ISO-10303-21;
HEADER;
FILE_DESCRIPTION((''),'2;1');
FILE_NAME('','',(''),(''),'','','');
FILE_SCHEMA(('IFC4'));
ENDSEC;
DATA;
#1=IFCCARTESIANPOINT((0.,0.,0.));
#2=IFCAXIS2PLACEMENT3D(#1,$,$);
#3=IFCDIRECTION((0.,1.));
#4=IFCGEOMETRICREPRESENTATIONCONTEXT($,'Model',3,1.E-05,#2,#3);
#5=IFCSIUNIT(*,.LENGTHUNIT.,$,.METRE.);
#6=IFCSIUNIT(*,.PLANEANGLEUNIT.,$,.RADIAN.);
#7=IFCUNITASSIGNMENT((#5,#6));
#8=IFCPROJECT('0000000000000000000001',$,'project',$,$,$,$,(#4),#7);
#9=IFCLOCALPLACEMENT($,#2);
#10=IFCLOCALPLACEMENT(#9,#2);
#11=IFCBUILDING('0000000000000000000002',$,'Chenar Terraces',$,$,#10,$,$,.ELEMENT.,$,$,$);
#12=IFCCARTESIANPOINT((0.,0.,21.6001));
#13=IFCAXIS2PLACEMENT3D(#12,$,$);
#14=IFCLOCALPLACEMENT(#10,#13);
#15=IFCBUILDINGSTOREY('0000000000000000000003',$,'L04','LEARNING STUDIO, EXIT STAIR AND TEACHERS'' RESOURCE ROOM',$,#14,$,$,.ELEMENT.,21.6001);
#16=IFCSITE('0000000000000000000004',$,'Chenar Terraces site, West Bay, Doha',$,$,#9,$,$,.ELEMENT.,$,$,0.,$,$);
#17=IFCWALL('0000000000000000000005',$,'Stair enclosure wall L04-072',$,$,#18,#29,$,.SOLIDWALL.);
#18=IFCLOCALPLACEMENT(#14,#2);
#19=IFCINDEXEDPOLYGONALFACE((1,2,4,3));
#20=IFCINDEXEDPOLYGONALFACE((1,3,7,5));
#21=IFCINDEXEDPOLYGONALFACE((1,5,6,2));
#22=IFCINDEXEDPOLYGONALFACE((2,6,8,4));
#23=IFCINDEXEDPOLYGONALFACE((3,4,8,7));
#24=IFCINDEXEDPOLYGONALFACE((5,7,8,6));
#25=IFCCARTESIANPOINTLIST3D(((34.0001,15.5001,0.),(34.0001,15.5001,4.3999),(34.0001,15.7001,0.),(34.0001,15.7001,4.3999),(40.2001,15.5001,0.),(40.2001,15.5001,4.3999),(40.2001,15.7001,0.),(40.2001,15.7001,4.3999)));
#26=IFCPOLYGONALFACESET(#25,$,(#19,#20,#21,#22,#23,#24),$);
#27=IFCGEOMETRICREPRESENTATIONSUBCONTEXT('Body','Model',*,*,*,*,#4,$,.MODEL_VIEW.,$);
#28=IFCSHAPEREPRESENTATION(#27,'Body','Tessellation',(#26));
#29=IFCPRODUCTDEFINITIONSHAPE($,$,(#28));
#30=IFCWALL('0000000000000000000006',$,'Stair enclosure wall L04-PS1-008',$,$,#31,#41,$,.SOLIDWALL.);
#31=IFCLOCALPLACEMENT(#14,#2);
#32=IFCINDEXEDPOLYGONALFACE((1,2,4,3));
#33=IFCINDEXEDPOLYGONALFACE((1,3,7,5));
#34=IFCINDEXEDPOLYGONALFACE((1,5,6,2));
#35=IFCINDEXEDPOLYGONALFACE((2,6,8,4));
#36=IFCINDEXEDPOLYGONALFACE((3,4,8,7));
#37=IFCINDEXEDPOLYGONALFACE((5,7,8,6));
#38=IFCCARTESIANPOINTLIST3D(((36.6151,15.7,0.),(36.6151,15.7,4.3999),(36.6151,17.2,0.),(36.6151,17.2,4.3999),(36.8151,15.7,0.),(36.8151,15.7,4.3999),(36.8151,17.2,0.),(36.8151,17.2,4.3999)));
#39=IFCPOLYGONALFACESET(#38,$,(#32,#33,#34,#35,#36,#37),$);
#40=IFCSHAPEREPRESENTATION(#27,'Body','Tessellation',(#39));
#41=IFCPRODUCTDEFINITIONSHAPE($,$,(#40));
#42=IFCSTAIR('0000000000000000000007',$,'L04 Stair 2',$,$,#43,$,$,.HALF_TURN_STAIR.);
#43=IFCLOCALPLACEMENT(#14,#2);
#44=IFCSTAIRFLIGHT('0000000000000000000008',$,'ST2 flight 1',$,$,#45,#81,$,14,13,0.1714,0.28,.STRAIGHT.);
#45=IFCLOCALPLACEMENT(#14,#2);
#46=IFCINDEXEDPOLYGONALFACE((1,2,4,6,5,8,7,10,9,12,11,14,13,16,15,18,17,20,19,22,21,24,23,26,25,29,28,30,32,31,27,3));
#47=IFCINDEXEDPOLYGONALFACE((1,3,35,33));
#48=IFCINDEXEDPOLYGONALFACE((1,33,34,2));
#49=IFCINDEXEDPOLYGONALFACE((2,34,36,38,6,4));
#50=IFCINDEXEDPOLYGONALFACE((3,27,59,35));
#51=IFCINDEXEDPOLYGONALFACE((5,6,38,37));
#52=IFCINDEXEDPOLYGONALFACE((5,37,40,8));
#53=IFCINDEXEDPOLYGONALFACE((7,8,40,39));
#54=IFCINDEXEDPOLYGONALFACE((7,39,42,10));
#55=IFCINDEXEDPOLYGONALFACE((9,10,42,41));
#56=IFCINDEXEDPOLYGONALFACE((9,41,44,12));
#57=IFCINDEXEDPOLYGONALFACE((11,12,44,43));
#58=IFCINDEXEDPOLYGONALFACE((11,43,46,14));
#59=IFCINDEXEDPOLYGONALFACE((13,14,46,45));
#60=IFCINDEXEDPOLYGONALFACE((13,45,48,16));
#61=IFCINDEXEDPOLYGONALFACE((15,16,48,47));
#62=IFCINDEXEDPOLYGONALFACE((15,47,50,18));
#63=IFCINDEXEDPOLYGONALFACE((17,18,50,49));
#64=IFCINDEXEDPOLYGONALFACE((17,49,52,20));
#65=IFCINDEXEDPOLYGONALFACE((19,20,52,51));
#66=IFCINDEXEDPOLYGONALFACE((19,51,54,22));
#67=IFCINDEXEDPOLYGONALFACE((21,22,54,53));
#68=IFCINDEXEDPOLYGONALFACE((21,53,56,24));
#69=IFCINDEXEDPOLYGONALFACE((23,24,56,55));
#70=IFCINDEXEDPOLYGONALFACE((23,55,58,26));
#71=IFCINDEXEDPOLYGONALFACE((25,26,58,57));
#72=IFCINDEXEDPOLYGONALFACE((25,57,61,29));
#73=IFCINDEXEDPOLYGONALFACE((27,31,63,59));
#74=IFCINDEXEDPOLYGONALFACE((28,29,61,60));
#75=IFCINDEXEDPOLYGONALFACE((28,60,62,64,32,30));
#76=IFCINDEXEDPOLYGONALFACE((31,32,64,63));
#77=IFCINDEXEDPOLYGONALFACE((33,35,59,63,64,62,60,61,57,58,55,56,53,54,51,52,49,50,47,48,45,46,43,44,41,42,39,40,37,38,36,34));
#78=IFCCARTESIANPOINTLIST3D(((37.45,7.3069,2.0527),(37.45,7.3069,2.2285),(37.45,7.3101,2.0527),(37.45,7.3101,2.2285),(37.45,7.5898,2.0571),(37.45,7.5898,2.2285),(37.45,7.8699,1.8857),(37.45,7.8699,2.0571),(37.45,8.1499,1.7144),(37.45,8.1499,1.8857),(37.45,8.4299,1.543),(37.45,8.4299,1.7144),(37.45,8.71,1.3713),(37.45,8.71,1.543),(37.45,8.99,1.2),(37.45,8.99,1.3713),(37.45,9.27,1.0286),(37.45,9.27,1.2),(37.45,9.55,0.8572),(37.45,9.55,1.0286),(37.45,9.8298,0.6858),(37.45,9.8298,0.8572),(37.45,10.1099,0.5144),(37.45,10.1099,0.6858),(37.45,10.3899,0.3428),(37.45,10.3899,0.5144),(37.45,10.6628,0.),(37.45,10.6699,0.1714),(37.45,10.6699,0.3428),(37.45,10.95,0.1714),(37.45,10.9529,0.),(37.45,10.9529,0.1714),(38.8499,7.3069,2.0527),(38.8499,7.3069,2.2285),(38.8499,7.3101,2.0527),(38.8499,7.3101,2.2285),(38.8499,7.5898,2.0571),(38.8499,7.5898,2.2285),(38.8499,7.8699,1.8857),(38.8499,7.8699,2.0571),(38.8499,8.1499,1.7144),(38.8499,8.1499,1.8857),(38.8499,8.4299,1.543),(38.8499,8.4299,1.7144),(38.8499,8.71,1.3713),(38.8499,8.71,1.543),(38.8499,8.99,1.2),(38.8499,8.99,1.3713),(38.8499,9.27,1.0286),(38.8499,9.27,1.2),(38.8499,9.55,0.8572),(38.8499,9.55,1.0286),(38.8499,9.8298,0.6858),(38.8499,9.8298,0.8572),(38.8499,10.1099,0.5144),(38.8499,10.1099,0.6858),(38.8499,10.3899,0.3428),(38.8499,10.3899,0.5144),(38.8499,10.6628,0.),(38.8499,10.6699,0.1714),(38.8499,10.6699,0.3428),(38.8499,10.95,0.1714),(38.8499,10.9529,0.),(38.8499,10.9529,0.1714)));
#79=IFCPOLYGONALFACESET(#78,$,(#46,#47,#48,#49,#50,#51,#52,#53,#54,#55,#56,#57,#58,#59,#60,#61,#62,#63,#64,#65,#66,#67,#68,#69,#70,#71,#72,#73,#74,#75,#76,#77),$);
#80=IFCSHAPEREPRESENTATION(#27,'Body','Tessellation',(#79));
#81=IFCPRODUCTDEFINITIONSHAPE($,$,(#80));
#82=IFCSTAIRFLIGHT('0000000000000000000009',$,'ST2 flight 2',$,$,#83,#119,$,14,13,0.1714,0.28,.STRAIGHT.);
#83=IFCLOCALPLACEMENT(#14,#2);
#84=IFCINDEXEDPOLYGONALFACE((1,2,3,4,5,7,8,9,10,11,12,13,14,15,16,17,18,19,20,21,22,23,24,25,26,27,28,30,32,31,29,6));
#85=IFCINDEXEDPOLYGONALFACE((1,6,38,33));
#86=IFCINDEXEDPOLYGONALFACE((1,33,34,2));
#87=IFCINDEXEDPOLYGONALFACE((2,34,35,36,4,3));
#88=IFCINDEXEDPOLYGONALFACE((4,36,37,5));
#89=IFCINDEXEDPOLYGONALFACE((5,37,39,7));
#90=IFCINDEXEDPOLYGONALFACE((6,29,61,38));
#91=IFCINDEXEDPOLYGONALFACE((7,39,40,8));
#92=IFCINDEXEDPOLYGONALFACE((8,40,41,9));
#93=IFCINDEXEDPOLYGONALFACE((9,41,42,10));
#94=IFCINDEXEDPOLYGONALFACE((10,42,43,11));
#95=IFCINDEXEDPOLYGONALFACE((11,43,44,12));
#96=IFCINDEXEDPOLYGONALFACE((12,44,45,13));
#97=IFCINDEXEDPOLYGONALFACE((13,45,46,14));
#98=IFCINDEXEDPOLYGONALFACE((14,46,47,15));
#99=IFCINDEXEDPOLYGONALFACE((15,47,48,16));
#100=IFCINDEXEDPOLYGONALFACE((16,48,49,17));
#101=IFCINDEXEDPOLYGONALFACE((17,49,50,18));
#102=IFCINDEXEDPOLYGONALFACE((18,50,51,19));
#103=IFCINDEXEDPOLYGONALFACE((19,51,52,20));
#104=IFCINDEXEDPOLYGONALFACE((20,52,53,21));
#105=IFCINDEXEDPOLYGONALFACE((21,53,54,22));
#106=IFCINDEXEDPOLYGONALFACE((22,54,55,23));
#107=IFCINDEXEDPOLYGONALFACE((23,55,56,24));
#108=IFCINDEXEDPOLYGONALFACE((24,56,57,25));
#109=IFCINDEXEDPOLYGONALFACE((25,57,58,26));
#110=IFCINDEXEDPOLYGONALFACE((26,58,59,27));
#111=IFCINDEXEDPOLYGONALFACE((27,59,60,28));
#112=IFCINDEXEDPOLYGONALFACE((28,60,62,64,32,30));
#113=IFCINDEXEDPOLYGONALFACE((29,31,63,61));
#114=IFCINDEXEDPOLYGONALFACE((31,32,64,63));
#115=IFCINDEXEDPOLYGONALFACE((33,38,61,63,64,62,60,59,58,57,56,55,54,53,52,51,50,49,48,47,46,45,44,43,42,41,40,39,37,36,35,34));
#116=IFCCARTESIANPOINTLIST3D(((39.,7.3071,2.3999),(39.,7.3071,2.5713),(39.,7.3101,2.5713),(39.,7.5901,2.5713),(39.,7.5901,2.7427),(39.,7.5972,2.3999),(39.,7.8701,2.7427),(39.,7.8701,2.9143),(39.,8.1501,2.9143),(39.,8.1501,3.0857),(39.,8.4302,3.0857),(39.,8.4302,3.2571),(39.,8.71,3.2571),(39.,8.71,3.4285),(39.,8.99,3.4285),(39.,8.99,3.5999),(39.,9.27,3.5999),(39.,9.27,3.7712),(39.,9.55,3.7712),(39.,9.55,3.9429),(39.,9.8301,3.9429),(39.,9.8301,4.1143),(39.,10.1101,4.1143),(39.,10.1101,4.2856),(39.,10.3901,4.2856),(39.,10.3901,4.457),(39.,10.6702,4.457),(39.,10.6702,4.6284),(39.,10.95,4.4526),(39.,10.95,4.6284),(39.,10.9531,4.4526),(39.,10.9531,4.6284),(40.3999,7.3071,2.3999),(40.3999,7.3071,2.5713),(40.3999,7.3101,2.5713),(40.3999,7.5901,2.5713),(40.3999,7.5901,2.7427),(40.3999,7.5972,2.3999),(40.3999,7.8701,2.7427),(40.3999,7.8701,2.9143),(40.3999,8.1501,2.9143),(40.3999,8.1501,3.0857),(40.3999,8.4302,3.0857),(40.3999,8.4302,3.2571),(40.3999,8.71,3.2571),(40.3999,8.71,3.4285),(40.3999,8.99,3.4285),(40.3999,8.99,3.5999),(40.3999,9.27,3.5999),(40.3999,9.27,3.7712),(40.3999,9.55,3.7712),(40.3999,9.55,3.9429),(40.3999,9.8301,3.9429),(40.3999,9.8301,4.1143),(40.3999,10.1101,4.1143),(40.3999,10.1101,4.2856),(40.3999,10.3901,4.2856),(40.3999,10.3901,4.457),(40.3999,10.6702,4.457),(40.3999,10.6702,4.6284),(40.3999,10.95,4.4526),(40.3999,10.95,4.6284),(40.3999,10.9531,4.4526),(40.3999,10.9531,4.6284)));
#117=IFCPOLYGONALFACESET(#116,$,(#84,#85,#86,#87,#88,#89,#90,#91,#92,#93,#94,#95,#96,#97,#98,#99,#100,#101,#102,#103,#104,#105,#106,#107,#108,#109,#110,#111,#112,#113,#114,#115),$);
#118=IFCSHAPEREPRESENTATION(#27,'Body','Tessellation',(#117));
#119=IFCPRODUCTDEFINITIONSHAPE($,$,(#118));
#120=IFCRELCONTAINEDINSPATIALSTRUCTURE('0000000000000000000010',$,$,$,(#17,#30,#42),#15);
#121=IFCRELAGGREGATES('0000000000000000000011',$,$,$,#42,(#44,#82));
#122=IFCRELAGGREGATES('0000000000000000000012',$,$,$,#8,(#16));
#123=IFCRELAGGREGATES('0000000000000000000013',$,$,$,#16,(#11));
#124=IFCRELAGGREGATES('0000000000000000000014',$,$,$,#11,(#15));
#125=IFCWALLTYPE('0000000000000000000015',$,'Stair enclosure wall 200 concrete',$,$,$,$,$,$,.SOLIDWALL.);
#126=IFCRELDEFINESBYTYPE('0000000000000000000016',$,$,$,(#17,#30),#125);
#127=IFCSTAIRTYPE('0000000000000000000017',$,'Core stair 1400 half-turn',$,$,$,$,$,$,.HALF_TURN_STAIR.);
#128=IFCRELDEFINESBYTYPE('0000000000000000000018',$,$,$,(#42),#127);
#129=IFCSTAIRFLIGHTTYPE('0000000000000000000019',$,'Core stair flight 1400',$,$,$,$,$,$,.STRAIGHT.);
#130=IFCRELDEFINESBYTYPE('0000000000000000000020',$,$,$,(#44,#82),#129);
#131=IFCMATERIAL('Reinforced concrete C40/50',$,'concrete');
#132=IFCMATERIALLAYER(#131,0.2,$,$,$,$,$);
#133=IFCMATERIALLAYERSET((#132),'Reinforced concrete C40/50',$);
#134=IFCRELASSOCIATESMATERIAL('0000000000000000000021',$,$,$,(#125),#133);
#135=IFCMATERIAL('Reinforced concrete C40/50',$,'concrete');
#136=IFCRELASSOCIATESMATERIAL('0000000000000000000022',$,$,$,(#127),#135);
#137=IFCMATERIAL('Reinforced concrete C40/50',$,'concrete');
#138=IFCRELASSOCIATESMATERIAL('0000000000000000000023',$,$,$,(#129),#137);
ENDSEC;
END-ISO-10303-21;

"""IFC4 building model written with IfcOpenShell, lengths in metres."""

from ifc_helpers import new_model, si_unit, direction, frame, frame_2d, origin, place, context, subcontext, project, spatial, polyline, rectangle, outline, extrude, material, layer, layer_set, type_object, element, aggregate, save


model = new_model("IFC4")

# Units and contexts
model_context = context("Model", 3, precision=1e-05, world=origin(), true_north=direction((0.0, 1.0)))
body_context = subcontext(model_context, "Body", "Model", "MODEL_VIEW")
ifc_project = project(units=[si_unit("LENGTHUNIT", "METRE"), si_unit("PLANEANGLEUNIT", "RADIAN")], contexts=[model_context])

# Site, building, storey
site_placement = place(None, origin())
site = spatial("IfcSite", under=ifc_project, at=site_placement, Name="Chenar Terraces site, West Bay, Doha", CompositionType="ELEMENT", RefElevation=0.0)
building_placement = place(site_placement, origin())
building = spatial("IfcBuilding", under=site, at=building_placement, Name="Chenar Terraces", CompositionType="ELEMENT")
storey_placement = place(building_placement, frame((0.0, 0.0, 21.6001)))
storey = spatial("IfcBuildingStorey", under=building, at=storey_placement, Name="L04", Description="LEARNING STUDIO, EXIT STAIR AND TEACHERS' RESOURCE ROOM", CompositionType="ELEMENT", Elevation=21.6001)

# Walls
ifc_material_1 = material(Name="Reinforced concrete C40/50", Category="concrete")
ifc_layer_1 = layer(ifc_material_1, 0.2)
ifc_layer_set_1 = layer_set([ifc_layer_1], Name="Reinforced concrete C40/50")
wall_type_1 = type_object("IfcWallType", Name="Stair enclosure wall 200 concrete", PredefinedType="SOLIDWALL", material=ifc_layer_set_1)
wall_1_placement = place(storey_placement, frame((34.0, 15.6001, 0.0), z_axis=(0.0, 0.0, 1.0), x_axis=(1.0, 0.0, 0.0)))
element("IfcWall", 1, at=wall_1_placement, inside=storey, type_object=wall_type_1, Name="Stair enclosure wall L04-072", PredefinedType="SOLIDWALL", context=body_context, shape_type="SweptSolid", body=[
    extrude(rectangle(XDim=6.2, YDim=0.2, at=frame_2d((3.1001, 0.0))), origin(), (0.0, 0.0, 1.0), 4.3999),
])
wall_2_placement = place(storey_placement, frame((36.7151, 15.7, 0.0), z_axis=(0.0, 0.0, 1.0), x_axis=(0.0, 1.0, 0.0)))
element("IfcWall", 2, at=wall_2_placement, inside=storey, type_object=wall_type_1, Name="Stair enclosure wall L04-PS1-008", PredefinedType="SOLIDWALL", context=body_context, shape_type="SweptSolid", body=[
    extrude(rectangle(XDim=1.5, YDim=0.2, at=frame_2d((0.75, 0.0))), origin(), (0.0, 0.0, 1.0), 4.3999),
])

# Stair, stair flights
ifc_material_2 = material(Name="Reinforced concrete C40/50", Category="concrete")
stair_type = type_object("IfcStairType", Name="Core stair 1400 half-turn", PredefinedType="HALF_TURN_STAIR", material=ifc_material_2)
stair_placement = place(storey_placement, origin())
stair = element("IfcStair", 3, at=stair_placement, inside=storey, type_object=stair_type, Name="L04 Stair 2", PredefinedType="HALF_TURN_STAIR")
ifc_material_3 = material(Name="Reinforced concrete C40/50", Category="concrete")
stair_flight_type = type_object("IfcStairFlightType", Name="Core stair flight 1400", PredefinedType="STRAIGHT", material=ifc_material_3)
stair_flight_1_placement = place(storey_placement, frame((38.1499, 10.95, 0.0), z_axis=(0.0, 0.0, 1.0), x_axis=(0.0, -1.0, 0.0)))
stair_flight_1 = element("IfcStairFlight", 4, at=stair_flight_1_placement, type_object=stair_flight_type, Name="ST2 flight 1", NumberOfRisers=14, NumberOfTreads=13, PredefinedType="STRAIGHT", RiserHeight=0.1714, TreadLength=0.28, context=body_context, shape_type="SweptSolid", body=[
    extrude(outline(polyline([(-0.0029, 0.0), (-0.0029, 0.1714), (0.0, 0.1714), (0.28, 0.1714), (0.28, 0.3428), (0.5601, 0.3428), (0.5601, 0.5144), (0.8401, 0.5144), (0.8401, 0.6858), (1.1201, 0.6858), (1.1201, 0.8572), (1.3999, 0.8572), (1.3999, 1.0286), (1.6799, 1.0286), (1.6799, 1.2), (1.96, 1.2), (1.96, 1.3713), (2.24, 1.3713), (2.24, 1.543), (2.52, 1.543), (2.52, 1.7144), (2.8, 1.7144), (2.8, 1.8857), (3.0801, 1.8857), (3.0801, 2.0571), (3.3601, 2.0571), (3.3601, 2.2285), (3.6399, 2.2285), (3.6431, 2.2285), (3.6431, 2.0527), (3.6399, 2.0527), (0.2871, 0.0), (-0.0029, 0.0)])), frame((0.0, 0.7, 0.0), z_axis=(0.0, -1.0, 0.0), x_axis=(1.0, 0.0, 0.0)), (0.0, 0.0, 1.0), 1.3999),
])
stair_flight_2_placement = place(storey_placement, frame((39.7, 7.3101, 2.3999), z_axis=(0.0, 0.0, 1.0), x_axis=(0.0, 1.0, 0.0)))
stair_flight_2 = element("IfcStairFlight", 5, at=stair_flight_2_placement, type_object=stair_flight_type, Name="ST2 flight 2", NumberOfRisers=14, NumberOfTreads=13, PredefinedType="STRAIGHT", RiserHeight=0.1714, TreadLength=0.28, context=body_context, shape_type="SweptSolid", body=[
    extrude(outline(polyline([(-0.0029, 0.0), (-0.0029, 0.1714), (0.0, 0.1714), (0.28, 0.1714), (0.28, 0.3428), (0.5601, 0.3428), (0.5601, 0.5144), (0.8401, 0.5144), (0.8401, 0.6858), (1.1201, 0.6858), (1.1201, 0.8572), (1.3999, 0.8572), (1.3999, 1.0286), (1.6799, 1.0286), (1.6799, 1.2), (1.96, 1.2), (1.96, 1.3713), (2.24, 1.3713), (2.24, 1.543), (2.52, 1.543), (2.52, 1.7144), (2.8, 1.7144), (2.8, 1.8857), (3.0801, 1.8857), (3.0801, 2.0571), (3.3601, 2.0571), (3.3601, 2.2285), (3.6399, 2.2285), (3.6431, 2.2285), (3.6431, 2.0527), (3.6399, 2.0527), (0.2871, 0.0), (-0.0029, 0.0)])), frame((0.0, 0.7, 0.0), z_axis=(0.0, -1.0, 0.0), x_axis=(1.0, 0.0, 0.0)), (0.0, 0.0, 1.0), 1.3999),
])
aggregate(stair, [stair_flight_1, stair_flight_2])

save(model, "model.ifc")
